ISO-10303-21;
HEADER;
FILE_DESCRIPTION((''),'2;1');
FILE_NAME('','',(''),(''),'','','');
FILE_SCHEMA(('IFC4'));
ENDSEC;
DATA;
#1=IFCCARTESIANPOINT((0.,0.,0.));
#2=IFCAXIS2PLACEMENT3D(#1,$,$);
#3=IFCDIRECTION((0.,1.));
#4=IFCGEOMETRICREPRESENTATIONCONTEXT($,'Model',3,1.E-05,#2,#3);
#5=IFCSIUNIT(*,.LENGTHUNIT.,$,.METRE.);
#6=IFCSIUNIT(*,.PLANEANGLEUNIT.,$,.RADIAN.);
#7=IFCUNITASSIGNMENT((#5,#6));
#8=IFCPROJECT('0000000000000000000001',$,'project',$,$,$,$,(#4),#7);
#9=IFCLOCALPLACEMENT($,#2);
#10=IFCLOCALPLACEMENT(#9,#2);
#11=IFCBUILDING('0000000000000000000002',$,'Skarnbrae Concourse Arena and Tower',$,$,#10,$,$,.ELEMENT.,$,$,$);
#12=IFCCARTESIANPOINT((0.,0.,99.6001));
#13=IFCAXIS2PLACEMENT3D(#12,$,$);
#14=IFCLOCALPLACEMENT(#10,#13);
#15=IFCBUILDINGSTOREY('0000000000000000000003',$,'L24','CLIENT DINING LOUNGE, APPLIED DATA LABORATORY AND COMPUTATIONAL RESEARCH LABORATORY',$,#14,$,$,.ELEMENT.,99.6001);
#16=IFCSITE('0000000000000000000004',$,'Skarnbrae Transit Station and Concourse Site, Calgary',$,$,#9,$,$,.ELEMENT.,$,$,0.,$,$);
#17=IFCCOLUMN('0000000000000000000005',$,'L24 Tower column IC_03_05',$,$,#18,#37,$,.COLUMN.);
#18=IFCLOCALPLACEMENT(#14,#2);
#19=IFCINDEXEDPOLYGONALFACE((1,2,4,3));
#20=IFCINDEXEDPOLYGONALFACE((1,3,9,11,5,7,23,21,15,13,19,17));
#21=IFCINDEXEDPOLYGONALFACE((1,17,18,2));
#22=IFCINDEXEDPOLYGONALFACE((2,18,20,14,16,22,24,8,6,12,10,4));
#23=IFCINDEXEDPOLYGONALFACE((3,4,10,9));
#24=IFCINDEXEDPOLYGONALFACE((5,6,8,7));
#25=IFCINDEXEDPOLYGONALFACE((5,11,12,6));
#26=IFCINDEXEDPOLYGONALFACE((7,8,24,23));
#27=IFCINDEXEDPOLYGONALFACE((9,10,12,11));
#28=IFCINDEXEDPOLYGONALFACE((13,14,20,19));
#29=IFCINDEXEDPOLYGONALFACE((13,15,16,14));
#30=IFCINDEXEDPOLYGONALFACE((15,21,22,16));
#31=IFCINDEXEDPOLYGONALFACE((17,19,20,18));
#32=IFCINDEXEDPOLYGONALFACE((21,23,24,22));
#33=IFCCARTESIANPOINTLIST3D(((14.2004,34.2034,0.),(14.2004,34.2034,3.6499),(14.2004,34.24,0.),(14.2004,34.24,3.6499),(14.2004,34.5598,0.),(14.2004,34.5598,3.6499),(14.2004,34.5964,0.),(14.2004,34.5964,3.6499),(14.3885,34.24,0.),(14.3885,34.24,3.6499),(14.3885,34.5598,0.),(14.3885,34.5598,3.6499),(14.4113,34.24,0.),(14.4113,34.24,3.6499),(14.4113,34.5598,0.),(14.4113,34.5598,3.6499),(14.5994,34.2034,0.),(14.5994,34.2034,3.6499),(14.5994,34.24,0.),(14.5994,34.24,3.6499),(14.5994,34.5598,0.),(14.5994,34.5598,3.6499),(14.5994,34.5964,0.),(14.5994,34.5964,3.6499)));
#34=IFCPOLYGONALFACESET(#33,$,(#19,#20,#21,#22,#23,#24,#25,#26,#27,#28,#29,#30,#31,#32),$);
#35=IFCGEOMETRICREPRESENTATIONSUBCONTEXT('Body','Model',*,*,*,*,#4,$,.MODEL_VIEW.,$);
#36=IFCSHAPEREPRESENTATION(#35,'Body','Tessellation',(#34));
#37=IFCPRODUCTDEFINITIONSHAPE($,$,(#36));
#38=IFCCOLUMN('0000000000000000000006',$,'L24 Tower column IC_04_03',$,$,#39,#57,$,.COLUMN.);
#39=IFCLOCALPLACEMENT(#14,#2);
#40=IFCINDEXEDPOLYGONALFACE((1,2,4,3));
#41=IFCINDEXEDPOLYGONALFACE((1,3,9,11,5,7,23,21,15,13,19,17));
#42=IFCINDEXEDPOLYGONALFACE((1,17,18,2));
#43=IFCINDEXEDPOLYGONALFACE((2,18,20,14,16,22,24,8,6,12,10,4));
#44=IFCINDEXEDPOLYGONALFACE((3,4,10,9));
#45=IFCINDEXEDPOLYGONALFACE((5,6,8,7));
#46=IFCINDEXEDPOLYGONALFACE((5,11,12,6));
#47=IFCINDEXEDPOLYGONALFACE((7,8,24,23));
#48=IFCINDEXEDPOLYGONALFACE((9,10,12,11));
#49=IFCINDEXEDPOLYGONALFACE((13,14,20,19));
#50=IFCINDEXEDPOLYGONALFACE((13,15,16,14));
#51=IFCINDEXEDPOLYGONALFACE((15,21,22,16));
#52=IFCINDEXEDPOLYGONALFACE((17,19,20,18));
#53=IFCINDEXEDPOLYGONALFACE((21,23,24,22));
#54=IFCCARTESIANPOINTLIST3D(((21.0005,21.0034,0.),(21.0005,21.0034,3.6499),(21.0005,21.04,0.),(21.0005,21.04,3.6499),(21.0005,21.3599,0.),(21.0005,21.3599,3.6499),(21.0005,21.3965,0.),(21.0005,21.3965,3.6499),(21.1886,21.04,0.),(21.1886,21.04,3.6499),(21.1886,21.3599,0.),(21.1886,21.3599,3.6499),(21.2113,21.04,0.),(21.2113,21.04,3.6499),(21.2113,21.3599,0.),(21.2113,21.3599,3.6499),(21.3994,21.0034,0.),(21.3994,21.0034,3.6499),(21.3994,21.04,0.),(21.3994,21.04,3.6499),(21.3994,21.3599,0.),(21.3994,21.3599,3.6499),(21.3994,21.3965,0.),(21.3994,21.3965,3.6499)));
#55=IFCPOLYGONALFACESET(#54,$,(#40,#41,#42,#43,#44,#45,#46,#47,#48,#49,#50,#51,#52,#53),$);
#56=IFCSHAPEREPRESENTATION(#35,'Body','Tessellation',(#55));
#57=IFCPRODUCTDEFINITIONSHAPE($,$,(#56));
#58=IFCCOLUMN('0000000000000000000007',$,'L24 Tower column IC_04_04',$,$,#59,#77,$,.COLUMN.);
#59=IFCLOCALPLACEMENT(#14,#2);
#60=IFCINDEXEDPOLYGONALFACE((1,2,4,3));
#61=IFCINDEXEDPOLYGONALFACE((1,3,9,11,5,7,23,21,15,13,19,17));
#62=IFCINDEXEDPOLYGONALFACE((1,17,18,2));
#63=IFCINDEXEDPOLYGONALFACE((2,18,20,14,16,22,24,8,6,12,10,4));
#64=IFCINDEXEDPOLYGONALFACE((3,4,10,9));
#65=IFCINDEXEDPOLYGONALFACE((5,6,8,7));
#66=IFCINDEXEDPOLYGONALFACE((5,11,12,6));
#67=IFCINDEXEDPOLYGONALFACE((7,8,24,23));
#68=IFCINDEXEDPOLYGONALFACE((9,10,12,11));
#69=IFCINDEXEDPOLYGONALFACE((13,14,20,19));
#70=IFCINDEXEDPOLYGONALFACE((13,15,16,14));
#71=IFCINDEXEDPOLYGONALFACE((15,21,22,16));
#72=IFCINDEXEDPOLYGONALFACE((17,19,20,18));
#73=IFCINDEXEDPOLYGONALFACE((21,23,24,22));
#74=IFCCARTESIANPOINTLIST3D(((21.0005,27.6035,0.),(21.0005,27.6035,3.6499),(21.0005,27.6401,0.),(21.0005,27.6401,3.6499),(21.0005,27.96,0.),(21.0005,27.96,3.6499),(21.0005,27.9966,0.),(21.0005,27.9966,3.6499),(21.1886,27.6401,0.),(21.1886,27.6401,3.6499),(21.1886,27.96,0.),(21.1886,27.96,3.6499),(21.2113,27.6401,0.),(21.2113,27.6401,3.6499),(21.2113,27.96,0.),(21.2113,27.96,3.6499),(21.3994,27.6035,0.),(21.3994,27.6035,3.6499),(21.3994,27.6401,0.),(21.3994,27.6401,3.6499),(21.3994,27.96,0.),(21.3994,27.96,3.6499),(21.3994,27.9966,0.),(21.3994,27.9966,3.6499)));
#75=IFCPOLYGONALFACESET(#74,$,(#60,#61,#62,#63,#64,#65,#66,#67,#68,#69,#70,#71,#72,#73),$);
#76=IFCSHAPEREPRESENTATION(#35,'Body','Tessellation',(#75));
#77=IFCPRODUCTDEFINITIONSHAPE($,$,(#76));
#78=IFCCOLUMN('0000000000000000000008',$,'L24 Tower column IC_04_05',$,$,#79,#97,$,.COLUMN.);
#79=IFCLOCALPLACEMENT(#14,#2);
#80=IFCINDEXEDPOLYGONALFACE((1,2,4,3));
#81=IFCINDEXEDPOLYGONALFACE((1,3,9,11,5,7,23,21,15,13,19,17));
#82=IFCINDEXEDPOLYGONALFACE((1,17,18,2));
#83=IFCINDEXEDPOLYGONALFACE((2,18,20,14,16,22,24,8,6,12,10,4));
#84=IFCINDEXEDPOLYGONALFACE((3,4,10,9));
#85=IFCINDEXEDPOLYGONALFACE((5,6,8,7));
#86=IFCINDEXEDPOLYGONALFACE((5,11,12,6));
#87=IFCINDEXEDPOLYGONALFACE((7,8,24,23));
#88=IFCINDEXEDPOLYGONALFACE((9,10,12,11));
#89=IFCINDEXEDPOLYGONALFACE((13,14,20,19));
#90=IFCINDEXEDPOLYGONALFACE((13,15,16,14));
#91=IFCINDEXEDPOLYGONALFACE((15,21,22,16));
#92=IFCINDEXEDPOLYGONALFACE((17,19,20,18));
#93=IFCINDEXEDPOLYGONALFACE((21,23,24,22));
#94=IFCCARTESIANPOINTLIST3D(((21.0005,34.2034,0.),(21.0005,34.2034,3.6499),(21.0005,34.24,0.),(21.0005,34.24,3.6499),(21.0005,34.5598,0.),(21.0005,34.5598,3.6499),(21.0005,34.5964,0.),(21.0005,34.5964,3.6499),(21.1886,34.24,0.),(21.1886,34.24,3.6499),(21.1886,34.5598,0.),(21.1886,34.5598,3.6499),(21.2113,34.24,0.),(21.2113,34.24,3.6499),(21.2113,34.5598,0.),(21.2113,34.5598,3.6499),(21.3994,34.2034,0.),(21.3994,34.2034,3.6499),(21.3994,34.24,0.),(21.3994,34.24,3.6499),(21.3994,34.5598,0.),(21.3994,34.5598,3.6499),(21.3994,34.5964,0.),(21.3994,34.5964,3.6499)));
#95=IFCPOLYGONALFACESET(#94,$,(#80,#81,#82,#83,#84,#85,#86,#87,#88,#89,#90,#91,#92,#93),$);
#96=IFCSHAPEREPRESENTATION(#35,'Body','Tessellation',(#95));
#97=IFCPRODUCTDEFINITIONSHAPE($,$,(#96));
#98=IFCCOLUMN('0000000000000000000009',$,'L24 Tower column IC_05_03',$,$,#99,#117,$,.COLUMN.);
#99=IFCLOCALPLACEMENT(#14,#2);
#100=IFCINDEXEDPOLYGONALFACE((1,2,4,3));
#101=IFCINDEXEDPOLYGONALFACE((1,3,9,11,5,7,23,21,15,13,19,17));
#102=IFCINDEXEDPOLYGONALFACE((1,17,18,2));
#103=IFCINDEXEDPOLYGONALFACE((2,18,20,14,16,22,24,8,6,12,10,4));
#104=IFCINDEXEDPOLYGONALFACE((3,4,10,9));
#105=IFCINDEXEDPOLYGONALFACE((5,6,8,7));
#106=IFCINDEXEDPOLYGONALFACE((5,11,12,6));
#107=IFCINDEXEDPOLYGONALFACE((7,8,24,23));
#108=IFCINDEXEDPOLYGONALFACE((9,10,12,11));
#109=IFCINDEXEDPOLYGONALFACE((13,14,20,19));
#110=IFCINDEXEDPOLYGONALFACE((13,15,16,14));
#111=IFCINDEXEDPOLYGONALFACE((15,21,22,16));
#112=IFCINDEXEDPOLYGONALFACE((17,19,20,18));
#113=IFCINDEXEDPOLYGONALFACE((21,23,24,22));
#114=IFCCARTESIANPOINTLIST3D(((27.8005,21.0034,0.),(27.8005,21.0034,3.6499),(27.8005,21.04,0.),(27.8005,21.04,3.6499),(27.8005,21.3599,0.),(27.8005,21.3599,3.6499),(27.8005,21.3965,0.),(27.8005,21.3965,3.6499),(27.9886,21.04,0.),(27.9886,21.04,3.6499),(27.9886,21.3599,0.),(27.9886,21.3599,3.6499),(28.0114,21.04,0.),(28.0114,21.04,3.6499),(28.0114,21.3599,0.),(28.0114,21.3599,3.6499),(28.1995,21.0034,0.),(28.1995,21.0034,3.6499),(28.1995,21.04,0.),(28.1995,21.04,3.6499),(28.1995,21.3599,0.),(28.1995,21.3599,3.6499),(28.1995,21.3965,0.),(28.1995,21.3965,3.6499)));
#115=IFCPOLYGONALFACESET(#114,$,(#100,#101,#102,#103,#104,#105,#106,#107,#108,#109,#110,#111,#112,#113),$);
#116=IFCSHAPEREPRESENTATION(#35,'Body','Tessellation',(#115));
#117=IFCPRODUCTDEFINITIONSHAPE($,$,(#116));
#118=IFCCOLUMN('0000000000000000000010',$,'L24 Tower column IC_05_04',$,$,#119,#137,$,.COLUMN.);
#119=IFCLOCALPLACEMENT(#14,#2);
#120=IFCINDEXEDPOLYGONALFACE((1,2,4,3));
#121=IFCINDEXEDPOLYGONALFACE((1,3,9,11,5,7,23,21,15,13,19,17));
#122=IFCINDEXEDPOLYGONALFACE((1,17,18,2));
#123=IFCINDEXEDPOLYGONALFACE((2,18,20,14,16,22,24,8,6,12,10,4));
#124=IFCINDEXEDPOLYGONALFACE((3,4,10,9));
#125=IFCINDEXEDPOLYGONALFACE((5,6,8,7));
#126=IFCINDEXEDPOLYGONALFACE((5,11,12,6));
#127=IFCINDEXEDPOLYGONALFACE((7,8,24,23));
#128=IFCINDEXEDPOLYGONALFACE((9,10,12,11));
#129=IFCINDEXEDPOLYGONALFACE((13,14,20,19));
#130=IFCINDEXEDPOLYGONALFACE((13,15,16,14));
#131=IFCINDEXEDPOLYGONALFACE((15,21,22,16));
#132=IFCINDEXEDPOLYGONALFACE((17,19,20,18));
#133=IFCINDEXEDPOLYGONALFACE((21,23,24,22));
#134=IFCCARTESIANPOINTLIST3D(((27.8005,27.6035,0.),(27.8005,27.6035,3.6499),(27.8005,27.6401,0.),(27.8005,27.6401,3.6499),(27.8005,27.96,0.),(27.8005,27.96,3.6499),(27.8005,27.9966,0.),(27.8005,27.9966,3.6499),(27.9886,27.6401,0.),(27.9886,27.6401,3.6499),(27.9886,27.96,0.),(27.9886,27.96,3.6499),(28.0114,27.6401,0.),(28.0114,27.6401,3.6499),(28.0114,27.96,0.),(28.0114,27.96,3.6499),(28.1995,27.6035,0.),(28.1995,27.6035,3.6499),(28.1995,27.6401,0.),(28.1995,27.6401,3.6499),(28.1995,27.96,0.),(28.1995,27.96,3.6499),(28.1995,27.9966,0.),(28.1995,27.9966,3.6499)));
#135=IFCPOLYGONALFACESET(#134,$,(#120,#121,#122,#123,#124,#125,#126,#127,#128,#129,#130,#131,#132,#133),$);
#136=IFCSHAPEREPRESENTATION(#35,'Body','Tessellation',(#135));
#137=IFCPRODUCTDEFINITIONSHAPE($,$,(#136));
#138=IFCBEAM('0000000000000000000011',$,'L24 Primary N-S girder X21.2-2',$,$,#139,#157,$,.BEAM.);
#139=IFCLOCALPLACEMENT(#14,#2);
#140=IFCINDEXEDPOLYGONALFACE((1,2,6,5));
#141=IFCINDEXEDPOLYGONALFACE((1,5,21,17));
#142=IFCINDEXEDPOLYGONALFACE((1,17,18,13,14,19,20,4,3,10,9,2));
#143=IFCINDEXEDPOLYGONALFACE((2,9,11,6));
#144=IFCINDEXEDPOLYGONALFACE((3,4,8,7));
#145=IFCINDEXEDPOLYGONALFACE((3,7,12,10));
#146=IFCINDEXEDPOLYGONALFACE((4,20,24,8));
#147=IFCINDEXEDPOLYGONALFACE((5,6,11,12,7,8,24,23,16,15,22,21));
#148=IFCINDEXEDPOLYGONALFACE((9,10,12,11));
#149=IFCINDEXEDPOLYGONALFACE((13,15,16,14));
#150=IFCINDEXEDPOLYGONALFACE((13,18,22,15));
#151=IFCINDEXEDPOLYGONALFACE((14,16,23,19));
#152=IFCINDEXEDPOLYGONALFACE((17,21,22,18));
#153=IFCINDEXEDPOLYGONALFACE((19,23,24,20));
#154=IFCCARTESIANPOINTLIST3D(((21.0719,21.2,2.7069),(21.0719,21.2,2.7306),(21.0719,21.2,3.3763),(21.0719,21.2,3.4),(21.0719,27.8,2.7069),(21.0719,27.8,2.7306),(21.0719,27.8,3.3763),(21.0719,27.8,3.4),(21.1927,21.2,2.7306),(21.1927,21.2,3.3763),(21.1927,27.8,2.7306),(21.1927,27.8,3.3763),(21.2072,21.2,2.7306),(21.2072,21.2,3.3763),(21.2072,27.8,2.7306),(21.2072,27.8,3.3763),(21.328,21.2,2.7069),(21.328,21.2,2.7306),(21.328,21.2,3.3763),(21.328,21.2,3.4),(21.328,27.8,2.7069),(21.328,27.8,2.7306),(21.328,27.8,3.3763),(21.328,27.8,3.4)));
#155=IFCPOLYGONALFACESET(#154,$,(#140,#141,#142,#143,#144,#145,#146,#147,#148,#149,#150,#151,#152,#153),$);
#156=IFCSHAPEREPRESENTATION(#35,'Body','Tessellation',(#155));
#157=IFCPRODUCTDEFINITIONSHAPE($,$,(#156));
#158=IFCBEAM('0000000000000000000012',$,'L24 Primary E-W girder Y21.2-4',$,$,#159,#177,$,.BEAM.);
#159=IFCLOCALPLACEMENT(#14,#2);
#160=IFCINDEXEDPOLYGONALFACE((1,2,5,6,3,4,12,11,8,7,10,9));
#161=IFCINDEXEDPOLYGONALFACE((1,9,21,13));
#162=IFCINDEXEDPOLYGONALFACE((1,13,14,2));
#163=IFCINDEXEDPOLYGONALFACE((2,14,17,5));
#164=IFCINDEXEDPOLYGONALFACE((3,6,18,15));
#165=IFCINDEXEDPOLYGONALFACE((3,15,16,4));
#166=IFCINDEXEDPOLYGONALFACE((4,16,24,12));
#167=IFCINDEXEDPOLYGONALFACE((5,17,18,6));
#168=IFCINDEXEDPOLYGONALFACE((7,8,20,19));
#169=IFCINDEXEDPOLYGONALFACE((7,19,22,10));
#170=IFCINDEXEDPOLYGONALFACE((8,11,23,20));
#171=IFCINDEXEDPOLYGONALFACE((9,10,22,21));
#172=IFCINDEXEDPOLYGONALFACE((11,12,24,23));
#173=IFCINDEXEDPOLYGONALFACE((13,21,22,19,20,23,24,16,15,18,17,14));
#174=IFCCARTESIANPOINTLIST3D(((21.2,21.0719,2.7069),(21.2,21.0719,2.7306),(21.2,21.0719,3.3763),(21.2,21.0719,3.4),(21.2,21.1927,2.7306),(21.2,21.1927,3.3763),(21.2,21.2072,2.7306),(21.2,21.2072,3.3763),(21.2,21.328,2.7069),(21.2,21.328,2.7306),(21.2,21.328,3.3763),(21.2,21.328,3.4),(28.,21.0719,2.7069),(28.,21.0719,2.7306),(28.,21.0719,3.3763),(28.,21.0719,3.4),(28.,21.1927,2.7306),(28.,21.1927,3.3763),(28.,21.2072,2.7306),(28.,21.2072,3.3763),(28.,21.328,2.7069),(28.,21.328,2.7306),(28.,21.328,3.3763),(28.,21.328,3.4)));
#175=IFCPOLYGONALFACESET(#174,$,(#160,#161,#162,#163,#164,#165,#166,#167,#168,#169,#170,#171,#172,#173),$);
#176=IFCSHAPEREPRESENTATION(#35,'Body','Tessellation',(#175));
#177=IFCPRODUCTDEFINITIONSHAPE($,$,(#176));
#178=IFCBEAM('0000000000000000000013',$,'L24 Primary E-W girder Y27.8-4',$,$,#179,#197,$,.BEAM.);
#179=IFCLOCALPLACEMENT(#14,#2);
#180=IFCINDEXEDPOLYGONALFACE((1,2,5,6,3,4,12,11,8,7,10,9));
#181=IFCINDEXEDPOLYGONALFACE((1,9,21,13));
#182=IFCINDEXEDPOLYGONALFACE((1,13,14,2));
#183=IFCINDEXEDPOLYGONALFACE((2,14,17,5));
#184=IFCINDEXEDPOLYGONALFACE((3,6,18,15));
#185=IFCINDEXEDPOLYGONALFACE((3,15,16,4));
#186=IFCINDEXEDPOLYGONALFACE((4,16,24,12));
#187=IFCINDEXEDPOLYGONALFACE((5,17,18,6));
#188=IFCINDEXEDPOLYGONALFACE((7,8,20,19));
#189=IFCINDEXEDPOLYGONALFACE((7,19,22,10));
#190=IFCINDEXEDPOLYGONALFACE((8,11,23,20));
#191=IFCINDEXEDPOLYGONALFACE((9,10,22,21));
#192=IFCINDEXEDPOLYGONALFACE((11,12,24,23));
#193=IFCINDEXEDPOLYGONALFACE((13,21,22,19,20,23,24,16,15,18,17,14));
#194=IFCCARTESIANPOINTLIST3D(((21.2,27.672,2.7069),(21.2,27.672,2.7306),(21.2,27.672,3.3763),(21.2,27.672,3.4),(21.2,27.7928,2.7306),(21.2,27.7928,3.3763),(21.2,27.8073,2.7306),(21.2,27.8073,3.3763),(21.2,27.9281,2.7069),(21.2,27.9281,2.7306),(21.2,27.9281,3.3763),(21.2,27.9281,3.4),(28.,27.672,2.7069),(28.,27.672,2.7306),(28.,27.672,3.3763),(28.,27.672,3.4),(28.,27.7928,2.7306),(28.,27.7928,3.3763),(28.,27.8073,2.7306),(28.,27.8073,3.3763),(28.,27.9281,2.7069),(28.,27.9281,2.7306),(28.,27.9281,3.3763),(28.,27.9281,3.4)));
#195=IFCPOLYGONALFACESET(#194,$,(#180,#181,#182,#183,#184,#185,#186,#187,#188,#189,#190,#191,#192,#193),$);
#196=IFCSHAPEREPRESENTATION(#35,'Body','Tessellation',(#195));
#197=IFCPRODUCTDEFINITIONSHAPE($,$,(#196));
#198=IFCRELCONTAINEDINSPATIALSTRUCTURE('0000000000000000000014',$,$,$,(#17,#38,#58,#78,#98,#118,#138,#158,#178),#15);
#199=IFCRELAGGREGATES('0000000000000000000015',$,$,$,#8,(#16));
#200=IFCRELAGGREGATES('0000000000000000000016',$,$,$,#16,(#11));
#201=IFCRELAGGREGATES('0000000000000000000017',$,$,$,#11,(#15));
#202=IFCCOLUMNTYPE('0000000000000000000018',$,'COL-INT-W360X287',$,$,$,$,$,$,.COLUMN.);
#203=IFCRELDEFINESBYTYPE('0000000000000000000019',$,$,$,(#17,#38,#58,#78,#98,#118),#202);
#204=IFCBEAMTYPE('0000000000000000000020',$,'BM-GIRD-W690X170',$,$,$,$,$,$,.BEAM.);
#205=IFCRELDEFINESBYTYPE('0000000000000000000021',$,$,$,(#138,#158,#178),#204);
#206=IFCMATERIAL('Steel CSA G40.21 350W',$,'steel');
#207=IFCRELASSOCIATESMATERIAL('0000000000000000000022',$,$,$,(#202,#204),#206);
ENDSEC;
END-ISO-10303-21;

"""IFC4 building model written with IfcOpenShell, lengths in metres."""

from ifc_helpers import new_model, si_unit, direction, frame, origin, origin_2d, place, context, subcontext, project, spatial, i_section, extrude, source, transform, mapped, material, material_profile, profile_set, type_object, element, save


model = new_model("IFC4")

# Units and contexts
model_context = context("Model", 3, precision=1e-05, world=origin(), true_north=direction((0.0, 1.0)))
body_context = subcontext(model_context, "Body", "Model", "MODEL_VIEW")
ifc_project = project(units=[si_unit("LENGTHUNIT", "METRE"), si_unit("PLANEANGLEUNIT", "RADIAN")], contexts=[model_context])

# Site, building, storey
site_placement = place(None, origin())
site = spatial("IfcSite", under=ifc_project, at=site_placement, Name="Skarnbrae Transit Station and Concourse Site, Calgary", CompositionType="ELEMENT", RefElevation=0.0)
building_placement = place(site_placement, origin())
building = spatial("IfcBuilding", under=site, at=building_placement, Name="Skarnbrae Concourse Arena and Tower", CompositionType="ELEMENT")
storey_placement = place(building_placement, frame((0.0, 0.0, 99.6001)))
storey = spatial("IfcBuildingStorey", under=building, at=storey_placement, Name="L24", Description="CLIENT DINING LOUNGE, APPLIED DATA LABORATORY AND COMPUTATIONAL RESEARCH LABORATORY", CompositionType="ELEMENT", Elevation=99.6001)

# Columns
ifc_material_1 = material(Name="Steel CSA G40.21 350W", Category="steel")
ifc_material_profile_1 = material_profile(ifc_material_1, i_section(OverallWidth=0.3989, OverallDepth=0.3931, WebThickness=0.0227, FlangeThickness=0.0366, at=origin_2d()), Name="W360X287")
ifc_profile_set_1 = profile_set([ifc_material_profile_1], Name="Steel CSA G40.21 350W")
column_type = type_object("IfcColumnType", Name="COL-INT-W360X287", PredefinedType="COLUMN", material=ifc_profile_set_1)
shared_shape_1 = source(origin(), body_context, "Body", "SweptSolid", [
    extrude(i_section(OverallWidth=0.3989, OverallDepth=0.3931, WebThickness=0.0227, FlangeThickness=0.0366, at=origin_2d()), origin(), (0.0, 0.0, 1.0), 3.6499),
])
for number, where, z_axis, x_axis, name in (
    (1, (14.3999, 34.3999, 0.0), (0.0, 0.0, 1.0), (1.0, 0.0, 0.0), "L24 Tower column IC_03_05"),
    (2, (21.2, 21.2, 0.0), (0.0, 0.0, 1.0), (1.0, 0.0, 0.0), "L24 Tower column IC_04_03"),
    (3, (21.2, 27.8, 0.0), (0.0, 0.0, 1.0), (1.0, 0.0, 0.0), "L24 Tower column IC_04_04"),
    (4, (21.2, 34.3999, 0.0), (0.0, 0.0, 1.0), (1.0, 0.0, 0.0), "L24 Tower column IC_04_05"),
    (5, (28.0, 21.2, 0.0), (0.0, 0.0, 1.0), (1.0, 0.0, 0.0), "L24 Tower column IC_05_03"),
    (6, (28.0, 27.8, 0.0), (0.0, 0.0, 1.0), (1.0, 0.0, 0.0), "L24 Tower column IC_05_04"),
):
    element("IfcColumn", number, at=place(storey_placement, frame(where, z_axis=z_axis, x_axis=x_axis)), inside=storey, type_object=column_type, Name=name, PredefinedType="COLUMN", context=body_context, shape_type="MappedRepresentation", body=[
        mapped(shared_shape_1, transform((0.0, 0.0, 0.0))),
    ])

# Beams
ifc_material_profile_2 = material_profile(ifc_material_1, i_section(OverallWidth=0.2561, OverallDepth=0.6931, WebThickness=0.0144, FlangeThickness=0.0237, at=origin_2d()), Name="W690X170")
ifc_profile_set_2 = profile_set([ifc_material_profile_2], Name="Steel CSA G40.21 350W")
beam_type_1 = type_object("IfcBeamType", Name="BM-GIRD-W690X170", PredefinedType="BEAM", material=ifc_profile_set_2)
shared_shape_2 = source(origin(), body_context, "Body", "SweptSolid", [
    extrude(i_section(OverallWidth=0.2561, OverallDepth=0.6931, WebThickness=0.0144, FlangeThickness=0.0237, at=origin_2d()), origin(), (0.0, 0.0, 1.0), 6.6001),
])
beam_1_placement = place(storey_placement, frame((21.2, 21.2, 3.0535), z_axis=(0.0, 1.0, 0.0), x_axis=(-1.0, 0.0, 0.0)))
element("IfcBeam", 7, at=beam_1_placement, inside=storey, type_object=beam_type_1, Name="L24 Primary N-S girder X21.2-2", PredefinedType="BEAM", context=body_context, shape_type="MappedRepresentation", body=[
    mapped(shared_shape_2, transform((0.0, 0.0, 0.0))),
])
shared_shape_3 = source(origin(), body_context, "Body", "SweptSolid", [
    extrude(i_section(OverallWidth=0.2561, OverallDepth=0.6931, WebThickness=0.0144, FlangeThickness=0.0237, at=origin_2d()), origin(), (0.0, 0.0, 1.0), 6.8),
])
for number, where, z_axis, x_axis, name in (
    (8, (21.2, 21.2, 3.0535), (1.0, 0.0, 0.0), (0.0, 1.0, 0.0), "L24 Primary E-W girder Y21.2-4"),
    (9, (21.2, 27.8, 3.0535), (1.0, 0.0, 0.0), (0.0, 1.0, 0.0), "L24 Primary E-W girder Y27.8-4"),
):
    element("IfcBeam", number, at=place(storey_placement, frame(where, z_axis=z_axis, x_axis=x_axis)), inside=storey, type_object=beam_type_1, Name=name, PredefinedType="BEAM", context=body_context, shape_type="MappedRepresentation", body=[
        mapped(shared_shape_3, transform((0.0, 0.0, 0.0))),
    ])

save(model, "model.ifc")
